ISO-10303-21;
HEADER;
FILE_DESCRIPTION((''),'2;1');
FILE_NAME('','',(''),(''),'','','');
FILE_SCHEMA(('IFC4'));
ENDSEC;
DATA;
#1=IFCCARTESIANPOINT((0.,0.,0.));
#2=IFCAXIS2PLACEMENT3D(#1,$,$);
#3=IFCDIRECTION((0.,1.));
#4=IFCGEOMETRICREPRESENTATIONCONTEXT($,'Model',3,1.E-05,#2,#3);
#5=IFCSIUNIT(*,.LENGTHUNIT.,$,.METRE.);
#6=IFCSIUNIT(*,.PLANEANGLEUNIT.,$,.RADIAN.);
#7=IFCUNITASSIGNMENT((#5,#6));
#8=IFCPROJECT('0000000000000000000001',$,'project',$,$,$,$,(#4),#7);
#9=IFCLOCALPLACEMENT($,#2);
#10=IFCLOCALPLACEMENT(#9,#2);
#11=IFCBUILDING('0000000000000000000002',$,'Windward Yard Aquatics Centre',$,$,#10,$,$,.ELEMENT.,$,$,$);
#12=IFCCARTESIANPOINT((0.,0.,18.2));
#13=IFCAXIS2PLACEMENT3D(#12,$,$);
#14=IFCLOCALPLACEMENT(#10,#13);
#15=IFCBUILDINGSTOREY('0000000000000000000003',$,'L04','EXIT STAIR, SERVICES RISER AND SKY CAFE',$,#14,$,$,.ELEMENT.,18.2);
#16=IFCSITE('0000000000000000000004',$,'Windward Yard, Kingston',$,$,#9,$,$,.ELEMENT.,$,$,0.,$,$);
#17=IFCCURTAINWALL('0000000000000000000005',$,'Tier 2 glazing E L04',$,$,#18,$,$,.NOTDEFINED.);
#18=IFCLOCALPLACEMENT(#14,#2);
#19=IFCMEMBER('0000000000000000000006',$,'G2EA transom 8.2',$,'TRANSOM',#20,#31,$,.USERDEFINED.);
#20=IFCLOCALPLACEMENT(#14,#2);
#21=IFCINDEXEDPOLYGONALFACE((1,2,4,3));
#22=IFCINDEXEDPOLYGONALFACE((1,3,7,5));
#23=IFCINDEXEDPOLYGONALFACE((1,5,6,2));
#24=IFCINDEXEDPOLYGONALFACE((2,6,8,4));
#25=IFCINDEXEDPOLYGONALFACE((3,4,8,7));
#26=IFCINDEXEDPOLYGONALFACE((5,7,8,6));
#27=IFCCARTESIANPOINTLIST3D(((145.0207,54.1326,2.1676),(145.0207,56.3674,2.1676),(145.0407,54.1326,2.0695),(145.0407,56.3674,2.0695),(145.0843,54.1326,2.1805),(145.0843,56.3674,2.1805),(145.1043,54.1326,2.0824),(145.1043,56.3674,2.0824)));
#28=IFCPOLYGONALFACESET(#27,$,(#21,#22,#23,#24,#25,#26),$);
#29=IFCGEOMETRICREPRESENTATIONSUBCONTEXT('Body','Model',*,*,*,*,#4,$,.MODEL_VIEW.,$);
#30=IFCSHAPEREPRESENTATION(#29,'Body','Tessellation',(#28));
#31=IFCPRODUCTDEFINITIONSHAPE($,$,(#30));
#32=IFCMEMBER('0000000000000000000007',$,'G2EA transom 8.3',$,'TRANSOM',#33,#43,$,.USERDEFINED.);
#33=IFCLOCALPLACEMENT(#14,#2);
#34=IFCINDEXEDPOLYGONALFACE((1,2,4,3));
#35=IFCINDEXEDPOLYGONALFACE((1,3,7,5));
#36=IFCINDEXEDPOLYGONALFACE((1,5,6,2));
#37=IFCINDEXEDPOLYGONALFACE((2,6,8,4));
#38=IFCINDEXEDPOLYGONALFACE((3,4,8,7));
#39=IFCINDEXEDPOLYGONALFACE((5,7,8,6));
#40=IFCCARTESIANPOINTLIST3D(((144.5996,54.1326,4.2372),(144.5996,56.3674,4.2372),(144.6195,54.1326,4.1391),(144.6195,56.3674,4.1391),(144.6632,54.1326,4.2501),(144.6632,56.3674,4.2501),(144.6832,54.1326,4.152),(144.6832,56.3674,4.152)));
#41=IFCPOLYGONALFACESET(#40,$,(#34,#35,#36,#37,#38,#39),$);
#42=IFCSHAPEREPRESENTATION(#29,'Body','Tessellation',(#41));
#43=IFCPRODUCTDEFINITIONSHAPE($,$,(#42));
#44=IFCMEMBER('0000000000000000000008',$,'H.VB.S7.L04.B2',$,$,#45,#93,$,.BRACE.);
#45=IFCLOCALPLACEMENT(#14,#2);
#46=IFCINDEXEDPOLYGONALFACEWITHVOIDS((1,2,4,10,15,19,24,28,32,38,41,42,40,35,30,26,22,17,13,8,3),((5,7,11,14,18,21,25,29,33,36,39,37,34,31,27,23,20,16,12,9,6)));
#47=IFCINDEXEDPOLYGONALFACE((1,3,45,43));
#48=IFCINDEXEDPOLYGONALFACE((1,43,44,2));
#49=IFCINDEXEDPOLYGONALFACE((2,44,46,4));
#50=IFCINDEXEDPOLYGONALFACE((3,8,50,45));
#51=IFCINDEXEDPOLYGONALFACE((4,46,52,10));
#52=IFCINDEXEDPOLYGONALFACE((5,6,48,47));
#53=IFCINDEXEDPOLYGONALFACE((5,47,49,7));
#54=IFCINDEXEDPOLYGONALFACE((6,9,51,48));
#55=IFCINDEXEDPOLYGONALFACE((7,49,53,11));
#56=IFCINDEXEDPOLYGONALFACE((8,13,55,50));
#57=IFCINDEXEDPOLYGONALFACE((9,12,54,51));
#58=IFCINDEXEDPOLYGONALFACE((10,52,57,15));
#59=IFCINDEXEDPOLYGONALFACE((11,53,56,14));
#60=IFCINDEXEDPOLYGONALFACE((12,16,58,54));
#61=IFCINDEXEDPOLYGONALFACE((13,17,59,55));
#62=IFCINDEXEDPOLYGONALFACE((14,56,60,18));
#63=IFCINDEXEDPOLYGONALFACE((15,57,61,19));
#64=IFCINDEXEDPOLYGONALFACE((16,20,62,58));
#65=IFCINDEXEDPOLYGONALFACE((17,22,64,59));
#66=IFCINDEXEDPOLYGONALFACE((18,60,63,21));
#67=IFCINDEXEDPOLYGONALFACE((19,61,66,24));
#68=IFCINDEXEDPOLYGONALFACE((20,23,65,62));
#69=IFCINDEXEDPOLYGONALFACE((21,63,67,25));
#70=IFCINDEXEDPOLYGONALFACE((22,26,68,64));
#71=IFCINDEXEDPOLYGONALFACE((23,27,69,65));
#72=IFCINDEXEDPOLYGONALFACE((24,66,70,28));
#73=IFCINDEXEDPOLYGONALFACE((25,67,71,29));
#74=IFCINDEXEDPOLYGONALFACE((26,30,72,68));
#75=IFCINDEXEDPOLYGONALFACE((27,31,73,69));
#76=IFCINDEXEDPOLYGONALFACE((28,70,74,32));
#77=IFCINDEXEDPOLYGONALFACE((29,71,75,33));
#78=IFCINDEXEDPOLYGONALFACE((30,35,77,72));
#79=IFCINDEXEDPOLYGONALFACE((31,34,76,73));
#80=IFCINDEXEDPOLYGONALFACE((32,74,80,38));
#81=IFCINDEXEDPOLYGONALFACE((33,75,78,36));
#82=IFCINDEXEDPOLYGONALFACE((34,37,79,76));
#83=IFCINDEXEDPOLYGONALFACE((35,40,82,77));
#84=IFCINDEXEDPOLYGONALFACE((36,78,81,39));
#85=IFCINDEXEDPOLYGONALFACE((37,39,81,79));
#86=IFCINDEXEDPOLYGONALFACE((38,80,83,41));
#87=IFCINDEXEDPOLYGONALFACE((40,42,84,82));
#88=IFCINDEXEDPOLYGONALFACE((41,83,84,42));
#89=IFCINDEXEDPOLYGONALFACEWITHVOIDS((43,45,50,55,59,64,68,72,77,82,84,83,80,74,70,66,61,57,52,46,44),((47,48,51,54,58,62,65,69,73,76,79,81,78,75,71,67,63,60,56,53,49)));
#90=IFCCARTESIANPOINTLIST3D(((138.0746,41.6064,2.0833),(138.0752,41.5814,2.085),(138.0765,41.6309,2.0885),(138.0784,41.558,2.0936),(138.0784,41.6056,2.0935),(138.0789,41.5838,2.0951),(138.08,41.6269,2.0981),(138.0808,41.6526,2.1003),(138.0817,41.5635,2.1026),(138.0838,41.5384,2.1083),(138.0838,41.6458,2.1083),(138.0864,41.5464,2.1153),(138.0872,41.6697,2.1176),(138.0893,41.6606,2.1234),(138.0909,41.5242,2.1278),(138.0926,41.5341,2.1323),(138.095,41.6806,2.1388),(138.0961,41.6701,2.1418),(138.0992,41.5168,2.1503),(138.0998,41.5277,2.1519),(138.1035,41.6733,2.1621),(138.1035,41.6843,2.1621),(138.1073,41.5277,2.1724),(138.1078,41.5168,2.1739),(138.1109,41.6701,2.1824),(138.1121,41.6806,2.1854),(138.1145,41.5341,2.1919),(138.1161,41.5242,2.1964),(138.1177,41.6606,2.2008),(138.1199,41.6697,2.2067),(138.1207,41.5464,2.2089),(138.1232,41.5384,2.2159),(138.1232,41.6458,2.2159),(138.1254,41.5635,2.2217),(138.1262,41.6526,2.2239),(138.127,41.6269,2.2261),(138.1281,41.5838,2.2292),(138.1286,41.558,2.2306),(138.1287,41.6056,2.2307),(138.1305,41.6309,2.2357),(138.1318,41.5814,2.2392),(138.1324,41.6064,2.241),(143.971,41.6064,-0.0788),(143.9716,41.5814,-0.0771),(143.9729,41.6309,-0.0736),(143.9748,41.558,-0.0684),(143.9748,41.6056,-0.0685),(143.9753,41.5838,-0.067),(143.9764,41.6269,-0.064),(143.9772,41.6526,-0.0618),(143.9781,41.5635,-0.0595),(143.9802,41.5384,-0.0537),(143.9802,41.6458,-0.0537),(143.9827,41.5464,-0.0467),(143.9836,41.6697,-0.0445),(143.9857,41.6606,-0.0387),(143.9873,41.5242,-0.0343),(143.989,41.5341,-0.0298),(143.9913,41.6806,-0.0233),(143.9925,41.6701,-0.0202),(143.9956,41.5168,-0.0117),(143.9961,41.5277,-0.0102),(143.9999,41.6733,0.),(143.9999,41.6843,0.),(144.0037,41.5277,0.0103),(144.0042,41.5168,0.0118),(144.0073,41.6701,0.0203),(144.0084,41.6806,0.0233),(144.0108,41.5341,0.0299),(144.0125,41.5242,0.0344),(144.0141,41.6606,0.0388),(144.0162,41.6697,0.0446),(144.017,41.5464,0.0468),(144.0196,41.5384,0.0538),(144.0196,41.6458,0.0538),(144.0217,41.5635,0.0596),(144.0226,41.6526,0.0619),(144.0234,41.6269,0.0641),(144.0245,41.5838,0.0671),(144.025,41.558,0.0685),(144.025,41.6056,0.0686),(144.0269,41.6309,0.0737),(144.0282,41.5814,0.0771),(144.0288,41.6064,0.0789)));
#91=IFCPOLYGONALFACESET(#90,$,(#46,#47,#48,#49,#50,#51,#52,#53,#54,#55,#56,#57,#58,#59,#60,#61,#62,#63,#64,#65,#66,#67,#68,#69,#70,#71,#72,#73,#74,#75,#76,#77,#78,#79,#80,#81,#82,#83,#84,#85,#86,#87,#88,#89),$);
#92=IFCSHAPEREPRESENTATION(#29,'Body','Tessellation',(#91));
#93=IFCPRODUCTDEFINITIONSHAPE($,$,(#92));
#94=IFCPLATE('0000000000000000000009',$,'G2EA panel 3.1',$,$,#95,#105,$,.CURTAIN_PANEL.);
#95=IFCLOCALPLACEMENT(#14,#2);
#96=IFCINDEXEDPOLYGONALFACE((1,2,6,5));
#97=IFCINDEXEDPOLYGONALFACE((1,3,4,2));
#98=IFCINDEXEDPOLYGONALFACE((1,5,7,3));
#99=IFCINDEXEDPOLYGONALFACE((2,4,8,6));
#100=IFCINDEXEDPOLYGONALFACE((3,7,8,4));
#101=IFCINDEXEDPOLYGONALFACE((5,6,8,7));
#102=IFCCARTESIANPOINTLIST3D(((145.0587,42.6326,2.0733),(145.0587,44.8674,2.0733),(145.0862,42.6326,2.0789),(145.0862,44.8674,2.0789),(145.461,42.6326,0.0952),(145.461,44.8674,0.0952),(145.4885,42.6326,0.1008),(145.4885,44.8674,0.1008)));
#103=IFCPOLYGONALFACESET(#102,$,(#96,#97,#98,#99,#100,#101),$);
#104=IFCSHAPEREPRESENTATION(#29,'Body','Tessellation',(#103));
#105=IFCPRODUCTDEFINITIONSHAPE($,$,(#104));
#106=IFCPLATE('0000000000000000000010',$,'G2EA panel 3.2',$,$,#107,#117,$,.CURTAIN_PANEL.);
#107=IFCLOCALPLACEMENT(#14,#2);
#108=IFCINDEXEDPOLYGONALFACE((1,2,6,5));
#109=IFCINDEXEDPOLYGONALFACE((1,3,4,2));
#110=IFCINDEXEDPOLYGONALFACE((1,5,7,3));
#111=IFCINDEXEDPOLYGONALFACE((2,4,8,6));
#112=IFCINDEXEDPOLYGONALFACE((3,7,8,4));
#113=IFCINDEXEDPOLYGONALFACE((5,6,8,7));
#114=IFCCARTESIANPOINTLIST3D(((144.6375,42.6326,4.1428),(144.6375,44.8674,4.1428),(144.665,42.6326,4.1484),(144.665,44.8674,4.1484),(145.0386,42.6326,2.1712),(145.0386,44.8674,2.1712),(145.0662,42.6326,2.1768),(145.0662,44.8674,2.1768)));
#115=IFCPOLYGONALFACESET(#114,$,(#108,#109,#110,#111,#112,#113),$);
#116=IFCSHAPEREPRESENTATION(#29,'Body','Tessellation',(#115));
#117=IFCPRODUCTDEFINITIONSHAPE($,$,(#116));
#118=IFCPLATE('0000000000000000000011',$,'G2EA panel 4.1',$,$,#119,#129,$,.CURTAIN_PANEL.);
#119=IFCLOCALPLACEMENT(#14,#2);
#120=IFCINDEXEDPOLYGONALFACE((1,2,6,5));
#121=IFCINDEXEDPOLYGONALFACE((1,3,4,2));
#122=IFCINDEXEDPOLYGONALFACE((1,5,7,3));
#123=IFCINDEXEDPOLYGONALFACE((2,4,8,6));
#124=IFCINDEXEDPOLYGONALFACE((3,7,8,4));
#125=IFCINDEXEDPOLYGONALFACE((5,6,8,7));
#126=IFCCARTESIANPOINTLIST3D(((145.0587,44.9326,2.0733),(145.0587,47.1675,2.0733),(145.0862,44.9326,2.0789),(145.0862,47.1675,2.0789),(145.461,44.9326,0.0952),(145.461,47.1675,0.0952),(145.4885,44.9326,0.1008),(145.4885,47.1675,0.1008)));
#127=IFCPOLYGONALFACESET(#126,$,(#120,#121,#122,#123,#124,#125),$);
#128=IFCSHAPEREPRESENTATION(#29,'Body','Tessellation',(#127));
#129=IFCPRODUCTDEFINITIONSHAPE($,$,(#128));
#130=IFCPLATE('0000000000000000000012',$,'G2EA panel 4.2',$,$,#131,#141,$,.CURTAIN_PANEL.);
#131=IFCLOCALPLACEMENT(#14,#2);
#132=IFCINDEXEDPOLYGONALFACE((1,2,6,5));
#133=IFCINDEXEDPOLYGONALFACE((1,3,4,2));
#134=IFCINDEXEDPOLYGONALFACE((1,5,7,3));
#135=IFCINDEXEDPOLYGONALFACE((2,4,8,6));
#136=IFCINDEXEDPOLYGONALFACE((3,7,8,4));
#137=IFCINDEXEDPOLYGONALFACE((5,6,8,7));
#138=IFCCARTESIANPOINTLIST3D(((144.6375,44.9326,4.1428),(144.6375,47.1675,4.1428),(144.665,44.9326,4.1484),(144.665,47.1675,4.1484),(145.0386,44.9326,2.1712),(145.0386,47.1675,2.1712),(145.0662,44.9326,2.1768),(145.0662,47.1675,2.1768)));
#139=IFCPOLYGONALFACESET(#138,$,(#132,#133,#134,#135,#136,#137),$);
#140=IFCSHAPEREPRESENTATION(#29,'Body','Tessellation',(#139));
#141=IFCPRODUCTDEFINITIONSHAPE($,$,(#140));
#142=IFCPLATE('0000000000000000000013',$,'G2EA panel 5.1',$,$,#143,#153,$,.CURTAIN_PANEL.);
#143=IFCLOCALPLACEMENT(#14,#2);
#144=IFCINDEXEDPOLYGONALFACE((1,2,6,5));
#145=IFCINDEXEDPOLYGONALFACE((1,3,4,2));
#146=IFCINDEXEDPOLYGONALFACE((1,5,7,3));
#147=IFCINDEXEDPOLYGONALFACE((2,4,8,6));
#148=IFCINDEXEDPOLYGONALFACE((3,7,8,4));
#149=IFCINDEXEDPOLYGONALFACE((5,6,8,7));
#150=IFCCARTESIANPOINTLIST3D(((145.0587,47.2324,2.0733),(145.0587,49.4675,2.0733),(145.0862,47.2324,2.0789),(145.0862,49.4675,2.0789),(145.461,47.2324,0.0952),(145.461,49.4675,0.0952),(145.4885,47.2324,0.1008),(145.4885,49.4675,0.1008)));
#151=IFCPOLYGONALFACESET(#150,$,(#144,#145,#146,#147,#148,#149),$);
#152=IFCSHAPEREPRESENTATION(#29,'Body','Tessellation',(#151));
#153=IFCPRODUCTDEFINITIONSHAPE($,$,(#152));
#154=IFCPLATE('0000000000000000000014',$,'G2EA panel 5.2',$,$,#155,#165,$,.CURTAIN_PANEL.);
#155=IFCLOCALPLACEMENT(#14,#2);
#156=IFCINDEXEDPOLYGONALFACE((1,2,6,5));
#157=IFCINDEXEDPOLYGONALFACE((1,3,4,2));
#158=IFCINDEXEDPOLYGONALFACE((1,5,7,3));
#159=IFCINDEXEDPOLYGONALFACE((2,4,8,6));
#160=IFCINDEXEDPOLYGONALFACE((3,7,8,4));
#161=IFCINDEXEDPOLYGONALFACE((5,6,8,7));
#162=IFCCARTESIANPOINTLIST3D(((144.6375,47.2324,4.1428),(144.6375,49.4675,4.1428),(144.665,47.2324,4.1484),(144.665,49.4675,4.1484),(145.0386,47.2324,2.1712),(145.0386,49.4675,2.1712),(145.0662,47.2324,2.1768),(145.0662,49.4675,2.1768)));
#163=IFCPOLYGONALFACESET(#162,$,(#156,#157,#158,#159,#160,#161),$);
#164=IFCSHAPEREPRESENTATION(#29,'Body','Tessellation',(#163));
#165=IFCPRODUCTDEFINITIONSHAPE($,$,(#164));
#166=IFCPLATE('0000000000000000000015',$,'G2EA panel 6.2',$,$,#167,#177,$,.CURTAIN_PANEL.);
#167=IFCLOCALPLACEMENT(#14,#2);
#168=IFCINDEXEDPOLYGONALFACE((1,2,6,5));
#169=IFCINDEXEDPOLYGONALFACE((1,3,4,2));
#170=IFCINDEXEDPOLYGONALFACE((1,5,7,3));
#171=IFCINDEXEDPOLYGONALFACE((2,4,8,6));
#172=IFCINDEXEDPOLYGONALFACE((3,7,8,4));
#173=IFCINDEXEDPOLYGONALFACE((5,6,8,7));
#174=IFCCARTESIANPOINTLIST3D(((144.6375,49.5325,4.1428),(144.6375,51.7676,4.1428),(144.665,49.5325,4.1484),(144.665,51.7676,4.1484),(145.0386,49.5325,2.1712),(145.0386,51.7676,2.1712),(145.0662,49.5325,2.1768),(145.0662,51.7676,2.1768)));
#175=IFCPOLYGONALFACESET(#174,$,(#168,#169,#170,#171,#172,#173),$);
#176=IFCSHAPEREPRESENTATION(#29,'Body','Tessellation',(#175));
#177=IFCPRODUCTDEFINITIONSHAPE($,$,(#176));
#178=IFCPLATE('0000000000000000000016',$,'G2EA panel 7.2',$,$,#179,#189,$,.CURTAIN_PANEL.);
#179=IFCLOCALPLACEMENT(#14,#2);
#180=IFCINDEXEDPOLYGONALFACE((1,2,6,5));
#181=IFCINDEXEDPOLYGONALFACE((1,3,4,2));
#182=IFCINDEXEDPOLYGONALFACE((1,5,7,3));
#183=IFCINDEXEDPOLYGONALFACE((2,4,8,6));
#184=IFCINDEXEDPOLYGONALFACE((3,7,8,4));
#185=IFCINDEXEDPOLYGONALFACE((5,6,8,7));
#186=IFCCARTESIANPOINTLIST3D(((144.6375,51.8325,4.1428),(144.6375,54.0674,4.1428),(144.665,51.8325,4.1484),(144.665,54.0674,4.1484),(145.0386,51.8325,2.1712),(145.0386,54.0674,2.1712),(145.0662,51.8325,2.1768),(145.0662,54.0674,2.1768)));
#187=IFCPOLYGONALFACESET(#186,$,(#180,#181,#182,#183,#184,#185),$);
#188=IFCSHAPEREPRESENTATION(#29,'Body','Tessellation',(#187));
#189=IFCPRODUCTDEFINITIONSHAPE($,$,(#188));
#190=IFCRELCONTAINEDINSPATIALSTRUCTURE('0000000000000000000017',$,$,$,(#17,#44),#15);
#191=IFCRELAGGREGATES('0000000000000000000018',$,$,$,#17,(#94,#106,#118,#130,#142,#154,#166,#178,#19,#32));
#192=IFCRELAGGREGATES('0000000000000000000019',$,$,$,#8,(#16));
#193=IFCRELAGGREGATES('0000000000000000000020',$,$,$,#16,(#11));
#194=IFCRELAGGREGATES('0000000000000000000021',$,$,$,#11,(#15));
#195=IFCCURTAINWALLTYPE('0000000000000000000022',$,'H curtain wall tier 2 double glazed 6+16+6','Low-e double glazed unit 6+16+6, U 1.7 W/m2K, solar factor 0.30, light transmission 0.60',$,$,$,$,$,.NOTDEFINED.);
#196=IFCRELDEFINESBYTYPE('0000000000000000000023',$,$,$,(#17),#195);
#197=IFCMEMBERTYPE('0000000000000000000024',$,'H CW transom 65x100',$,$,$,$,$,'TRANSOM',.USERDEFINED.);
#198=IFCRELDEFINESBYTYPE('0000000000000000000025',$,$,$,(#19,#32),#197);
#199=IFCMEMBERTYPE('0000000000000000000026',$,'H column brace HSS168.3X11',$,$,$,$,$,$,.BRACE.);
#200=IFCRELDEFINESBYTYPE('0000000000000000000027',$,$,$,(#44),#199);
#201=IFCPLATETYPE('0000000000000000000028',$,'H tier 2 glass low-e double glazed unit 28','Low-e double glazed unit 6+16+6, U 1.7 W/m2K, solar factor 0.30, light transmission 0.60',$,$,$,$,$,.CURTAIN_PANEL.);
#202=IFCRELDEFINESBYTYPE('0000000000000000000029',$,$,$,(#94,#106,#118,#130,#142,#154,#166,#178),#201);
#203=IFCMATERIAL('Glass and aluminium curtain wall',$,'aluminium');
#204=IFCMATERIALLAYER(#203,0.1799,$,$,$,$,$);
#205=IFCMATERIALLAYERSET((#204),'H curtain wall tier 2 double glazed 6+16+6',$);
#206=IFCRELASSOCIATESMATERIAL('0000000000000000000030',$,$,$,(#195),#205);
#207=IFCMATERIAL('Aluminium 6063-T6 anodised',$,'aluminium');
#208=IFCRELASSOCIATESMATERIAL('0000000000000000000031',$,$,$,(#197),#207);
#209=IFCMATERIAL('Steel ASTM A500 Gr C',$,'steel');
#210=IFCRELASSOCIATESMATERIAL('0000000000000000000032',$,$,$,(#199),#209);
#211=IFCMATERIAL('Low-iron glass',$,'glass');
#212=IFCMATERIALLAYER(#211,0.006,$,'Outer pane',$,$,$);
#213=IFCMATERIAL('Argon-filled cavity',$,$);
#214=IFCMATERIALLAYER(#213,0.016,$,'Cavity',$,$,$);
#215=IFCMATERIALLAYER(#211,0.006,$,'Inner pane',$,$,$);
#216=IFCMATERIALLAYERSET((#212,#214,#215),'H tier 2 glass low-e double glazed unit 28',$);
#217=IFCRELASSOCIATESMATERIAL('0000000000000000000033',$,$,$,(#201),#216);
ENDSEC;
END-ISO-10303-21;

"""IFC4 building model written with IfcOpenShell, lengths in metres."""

from ifc_helpers import new_model, si_unit, direction, frame, origin, origin_2d, place, context, subcontext, project, spatial, polyline, rectangle, hollow_circle, outline, extrude, material, layer, layer_set, material_profile, profile_set, type_object, element, aggregate, save


model = new_model("IFC4")

# Units and contexts
model_context = context("Model", 3, precision=1e-05, world=origin(), true_north=direction((0.0, 1.0)))
body_context = subcontext(model_context, "Body", "Model", "MODEL_VIEW")
ifc_project = project(units=[si_unit("LENGTHUNIT", "METRE"), si_unit("PLANEANGLEUNIT", "RADIAN")], contexts=[model_context])

# Site, building, storey
site_placement = place(None, origin())
site = spatial("IfcSite", under=ifc_project, at=site_placement, Name="Windward Yard, Kingston", CompositionType="ELEMENT", RefElevation=0.0)
building_placement = place(site_placement, origin())
building = spatial("IfcBuilding", under=site, at=building_placement, Name="Windward Yard Aquatics Centre", CompositionType="ELEMENT")
storey_placement = place(building_placement, frame((0.0, 0.0, 18.2)))
storey = spatial("IfcBuildingStorey", under=building, at=storey_placement, Name="L04", Description="EXIT STAIR, SERVICES RISER AND SKY CAFE", CompositionType="ELEMENT", Elevation=18.2)

# Shared definitions
ifc_material_1 = material(Name="Steel ASTM A500 Gr C", Category="steel")

# Curtain wall, members
ifc_material_2 = material(Name="Glass and aluminium curtain wall", Category="aluminium")
ifc_layer_1 = layer(ifc_material_2, 0.1799)
ifc_layer_set_1 = layer_set([ifc_layer_1], Name="H curtain wall tier 2 double glazed 6+16+6")
curtain_wall_type = type_object("IfcCurtainWallType", Name="H curtain wall tier 2 double glazed 6+16+6", Description="Low-e double glazed unit 6+16+6, U 1.7 W/m2K, solar factor 0.30, light transmission 0.60", PredefinedType="NOTDEFINED", material=ifc_layer_set_1)
curtain_wall_placement = place(storey_placement, origin())
curtain_wall = element("IfcCurtainWall", 1, at=curtain_wall_placement, inside=storey, type_object=curtain_wall_type, Name="Tier 2 glazing E L04", PredefinedType="NOTDEFINED")
ifc_material_3 = material(Name="Aluminium 6063-T6 anodised", Category="aluminium")
ifc_material_profile_1 = material_profile(ifc_material_3, rectangle(XDim=0.0649, YDim=0.1001, at=origin_2d()), Name="H CW transom 65x100")
ifc_profile_set_1 = profile_set([ifc_material_profile_1], Name="Aluminium 6063-T6 anodised")
member_type_1 = type_object("IfcMemberType", Name="H CW transom 65x100", ElementType="TRANSOM", PredefinedType="USERDEFINED", material=ifc_profile_set_1)
member_1_placement = place(storey_placement, frame((145.0625, 54.1326, 2.125), z_axis=(0.0, 1.0, 0.0), x_axis=(0.979925, 0.0, 0.199368)))
member_1 = element("IfcMember", 2, at=member_1_placement, type_object=member_type_1, Name="G2EA transom 8.2", ObjectType="TRANSOM", PredefinedType="USERDEFINED", context=body_context, shape_type="SweptSolid", body=[
    extrude(rectangle(XDim=0.0649, YDim=0.1001, at=origin_2d()), origin(), (0.0, 0.0, 1.0), 2.2349),
])
member_2_placement = place(storey_placement, frame((144.6414, 54.1326, 4.1946), z_axis=(0.0, 1.0, 0.0), x_axis=(0.979925, 0.0, 0.199368)))
member_2 = element("IfcMember", 3, at=member_2_placement, type_object=member_type_1, Name="G2EA transom 8.3", ObjectType="TRANSOM", PredefinedType="USERDEFINED", context=body_context, shape_type="SweptSolid", body=[
    extrude(rectangle(XDim=0.0649, YDim=0.1001, at=origin_2d()), origin(), (0.0, 0.0, 1.0), 2.2349),
])

# Member
ifc_material_profile_2 = material_profile(ifc_material_1, hollow_circle(Radius=0.0842, WallThickness=0.011, at=origin_2d()), Name="HSS168.3X11")
ifc_profile_set_2 = profile_set([ifc_material_profile_2], Name="Steel ASTM A500 Gr C")
member_type_2 = type_object("IfcMemberType", Name="H column brace HSS168.3X11", PredefinedType="BRACE", material=ifc_profile_set_2)
member_3_placement = place(storey_placement, frame((138.1035, 41.6001, 2.1621), z_axis=(0.938873, 0.0, -0.344264), x_axis=(0.0, 1.0, 0.0)))
element("IfcMember", 4, at=member_3_placement, inside=storey, type_object=member_type_2, Name="H.VB.S7.L04.B2", PredefinedType="BRACE", context=body_context, shape_type="SweptSolid", body=[
    extrude(hollow_circle(Radius=0.0842, WallThickness=0.011, at=origin_2d()), origin(), (0.0, 0.0, 1.0), 6.2803),
])

# Plates
ifc_material_4 = material(Name="Low-iron glass", Category="glass")
ifc_layer_2 = layer(ifc_material_4, 0.006, Name="Outer pane")
ifc_material_5 = material(Name="Argon-filled cavity")
ifc_layer_3 = layer(ifc_material_5, 0.016, Name="Cavity")
ifc_layer_4 = layer(ifc_material_4, 0.006, Name="Inner pane")
ifc_layer_set_2 = layer_set([ifc_layer_2, ifc_layer_3, ifc_layer_4], Name="H tier 2 glass low-e double glazed unit 28")
plate_type = type_object("IfcPlateType", Name="H tier 2 glass low-e double glazed unit 28", Description="Low-e double glazed unit 6+16+6, U 1.7 W/m2K, solar factor 0.30, light transmission 0.60", PredefinedType="CURTAIN_PANEL", material=ifc_layer_set_2)
plate_1_placement = place(storey_placement, frame((145.0862, 42.6326, 2.0789), z_axis=(0.979933, 0.0, 0.199325), x_axis=(0.199325, 0.0, -0.979933)))
plate_1 = element("IfcPlate", 5, at=plate_1_placement, type_object=plate_type, Name="G2EA panel 3.1", PredefinedType="CURTAIN_PANEL", context=body_context, shape_type="SweptSolid", body=[
    extrude(outline(polyline([(0.0, 0.0), (2.0185, 0.0), (2.0185, 2.2349), (0.0, 2.2349), (0.0, 0.0)])), origin(), (0.0, 0.0, -1.0), 0.0281),
])
plate_2_placement = place(storey_placement, frame((144.665, 42.6326, 4.1484), z_axis=(0.979927, 0.0, 0.199359), x_axis=(0.199359, 0.0, -0.979927)))
plate_2 = element("IfcPlate", 6, at=plate_2_placement, type_object=plate_type, Name="G2EA panel 3.2", PredefinedType="CURTAIN_PANEL", context=body_context, shape_type="SweptSolid", body=[
    extrude(outline(polyline([(0.0, 0.0), (2.0121, 0.0), (2.0121, 2.2349), (0.0, 2.2349), (0.0, 0.0)])), origin(), (0.0, 0.0, -1.0), 0.0281),
])
plate_3_placement = place(storey_placement, frame((145.0862, 44.9326, 2.0789), z_axis=(0.979933, 0.0, 0.199325), x_axis=(0.199325, 0.0, -0.979933)))
plate_3 = element("IfcPlate", 7, at=plate_3_placement, type_object=plate_type, Name="G2EA panel 4.1", PredefinedType="CURTAIN_PANEL", context=body_context, shape_type="SweptSolid", body=[
    extrude(outline(polyline([(0.0, 0.0), (2.0185, 0.0), (2.0185, 2.2349), (0.0, 2.2349), (0.0, 0.0)])), origin(), (0.0, 0.0, -1.0), 0.0281),
])
plate_4_placement = place(storey_placement, frame((144.665, 44.9326, 4.1484), z_axis=(0.979927, 0.0, 0.199359), x_axis=(0.199359, 0.0, -0.979927)))
plate_4 = element("IfcPlate", 8, at=plate_4_placement, type_object=plate_type, Name="G2EA panel 4.2", PredefinedType="CURTAIN_PANEL", context=body_context, shape_type="SweptSolid", body=[
    extrude(outline(polyline([(0.0, 0.0), (2.0121, 0.0), (2.0121, 2.2349), (0.0, 2.2349), (0.0, 0.0)])), origin(), (0.0, 0.0, -1.0), 0.0281),
])
plate_5_placement = place(storey_placement, frame((145.0862, 47.2324, 2.0789), z_axis=(0.979933, 0.0, 0.199325), x_axis=(0.199325, 0.0, -0.979933)))
plate_5 = element("IfcPlate", 9, at=plate_5_placement, type_object=plate_type, Name="G2EA panel 5.1", PredefinedType="CURTAIN_PANEL", context=body_context, shape_type="SweptSolid", body=[
    extrude(outline(polyline([(0.0, 0.0), (2.0185, 0.0), (2.0185, 2.2351), (0.0, 2.2351), (0.0, 0.0)])), origin(), (0.0, 0.0, -1.0), 0.0281),
])
plate_6_placement = place(storey_placement, frame((144.665, 47.2324, 4.1484), z_axis=(0.979927, 0.0, 0.199359), x_axis=(0.199359, 0.0, -0.979927)))
plate_6 = element("IfcPlate", 10, at=plate_6_placement, type_object=plate_type, Name="G2EA panel 5.2", PredefinedType="CURTAIN_PANEL", context=body_context, shape_type="SweptSolid", body=[
    extrude(outline(polyline([(0.0, 0.0), (2.0121, 0.0), (2.0121, 2.2351), (0.0, 2.2351), (0.0, 0.0)])), origin(), (0.0, 0.0, -1.0), 0.0281),
])
plate_7_placement = place(storey_placement, frame((144.665, 49.5325, 4.1484), z_axis=(0.979927, 0.0, 0.199359), x_axis=(0.199359, 0.0, -0.979927)))
plate_7 = element("IfcPlate", 11, at=plate_7_placement, type_object=plate_type, Name="G2EA panel 6.2", PredefinedType="CURTAIN_PANEL", context=body_context, shape_type="SweptSolid", body=[
    extrude(outline(polyline([(0.0, 0.0), (2.0121, 0.0), (2.0121, 2.2351), (0.0, 2.2351), (0.0, 0.0)])), origin(), (0.0, 0.0, -1.0), 0.0281),
])
plate_8_placement = place(storey_placement, frame((144.665, 51.8325, 4.1484), z_axis=(0.979927, 0.0, 0.199359), x_axis=(0.199359, 0.0, -0.979927)))
plate_8 = element("IfcPlate", 12, at=plate_8_placement, type_object=plate_type, Name="G2EA panel 7.2", PredefinedType="CURTAIN_PANEL", context=body_context, shape_type="SweptSolid", body=[
    extrude(outline(polyline([(0.0, 0.0), (2.0121, 0.0), (2.0121, 2.2349), (0.0, 2.2349), (0.0, 0.0)])), origin(), (0.0, 0.0, -1.0), 0.0281),
])
aggregate(curtain_wall, [plate_1, plate_2, plate_3, plate_4, plate_5, plate_6, plate_7, plate_8, member_1, member_2])

save(model, "model.ifc")
